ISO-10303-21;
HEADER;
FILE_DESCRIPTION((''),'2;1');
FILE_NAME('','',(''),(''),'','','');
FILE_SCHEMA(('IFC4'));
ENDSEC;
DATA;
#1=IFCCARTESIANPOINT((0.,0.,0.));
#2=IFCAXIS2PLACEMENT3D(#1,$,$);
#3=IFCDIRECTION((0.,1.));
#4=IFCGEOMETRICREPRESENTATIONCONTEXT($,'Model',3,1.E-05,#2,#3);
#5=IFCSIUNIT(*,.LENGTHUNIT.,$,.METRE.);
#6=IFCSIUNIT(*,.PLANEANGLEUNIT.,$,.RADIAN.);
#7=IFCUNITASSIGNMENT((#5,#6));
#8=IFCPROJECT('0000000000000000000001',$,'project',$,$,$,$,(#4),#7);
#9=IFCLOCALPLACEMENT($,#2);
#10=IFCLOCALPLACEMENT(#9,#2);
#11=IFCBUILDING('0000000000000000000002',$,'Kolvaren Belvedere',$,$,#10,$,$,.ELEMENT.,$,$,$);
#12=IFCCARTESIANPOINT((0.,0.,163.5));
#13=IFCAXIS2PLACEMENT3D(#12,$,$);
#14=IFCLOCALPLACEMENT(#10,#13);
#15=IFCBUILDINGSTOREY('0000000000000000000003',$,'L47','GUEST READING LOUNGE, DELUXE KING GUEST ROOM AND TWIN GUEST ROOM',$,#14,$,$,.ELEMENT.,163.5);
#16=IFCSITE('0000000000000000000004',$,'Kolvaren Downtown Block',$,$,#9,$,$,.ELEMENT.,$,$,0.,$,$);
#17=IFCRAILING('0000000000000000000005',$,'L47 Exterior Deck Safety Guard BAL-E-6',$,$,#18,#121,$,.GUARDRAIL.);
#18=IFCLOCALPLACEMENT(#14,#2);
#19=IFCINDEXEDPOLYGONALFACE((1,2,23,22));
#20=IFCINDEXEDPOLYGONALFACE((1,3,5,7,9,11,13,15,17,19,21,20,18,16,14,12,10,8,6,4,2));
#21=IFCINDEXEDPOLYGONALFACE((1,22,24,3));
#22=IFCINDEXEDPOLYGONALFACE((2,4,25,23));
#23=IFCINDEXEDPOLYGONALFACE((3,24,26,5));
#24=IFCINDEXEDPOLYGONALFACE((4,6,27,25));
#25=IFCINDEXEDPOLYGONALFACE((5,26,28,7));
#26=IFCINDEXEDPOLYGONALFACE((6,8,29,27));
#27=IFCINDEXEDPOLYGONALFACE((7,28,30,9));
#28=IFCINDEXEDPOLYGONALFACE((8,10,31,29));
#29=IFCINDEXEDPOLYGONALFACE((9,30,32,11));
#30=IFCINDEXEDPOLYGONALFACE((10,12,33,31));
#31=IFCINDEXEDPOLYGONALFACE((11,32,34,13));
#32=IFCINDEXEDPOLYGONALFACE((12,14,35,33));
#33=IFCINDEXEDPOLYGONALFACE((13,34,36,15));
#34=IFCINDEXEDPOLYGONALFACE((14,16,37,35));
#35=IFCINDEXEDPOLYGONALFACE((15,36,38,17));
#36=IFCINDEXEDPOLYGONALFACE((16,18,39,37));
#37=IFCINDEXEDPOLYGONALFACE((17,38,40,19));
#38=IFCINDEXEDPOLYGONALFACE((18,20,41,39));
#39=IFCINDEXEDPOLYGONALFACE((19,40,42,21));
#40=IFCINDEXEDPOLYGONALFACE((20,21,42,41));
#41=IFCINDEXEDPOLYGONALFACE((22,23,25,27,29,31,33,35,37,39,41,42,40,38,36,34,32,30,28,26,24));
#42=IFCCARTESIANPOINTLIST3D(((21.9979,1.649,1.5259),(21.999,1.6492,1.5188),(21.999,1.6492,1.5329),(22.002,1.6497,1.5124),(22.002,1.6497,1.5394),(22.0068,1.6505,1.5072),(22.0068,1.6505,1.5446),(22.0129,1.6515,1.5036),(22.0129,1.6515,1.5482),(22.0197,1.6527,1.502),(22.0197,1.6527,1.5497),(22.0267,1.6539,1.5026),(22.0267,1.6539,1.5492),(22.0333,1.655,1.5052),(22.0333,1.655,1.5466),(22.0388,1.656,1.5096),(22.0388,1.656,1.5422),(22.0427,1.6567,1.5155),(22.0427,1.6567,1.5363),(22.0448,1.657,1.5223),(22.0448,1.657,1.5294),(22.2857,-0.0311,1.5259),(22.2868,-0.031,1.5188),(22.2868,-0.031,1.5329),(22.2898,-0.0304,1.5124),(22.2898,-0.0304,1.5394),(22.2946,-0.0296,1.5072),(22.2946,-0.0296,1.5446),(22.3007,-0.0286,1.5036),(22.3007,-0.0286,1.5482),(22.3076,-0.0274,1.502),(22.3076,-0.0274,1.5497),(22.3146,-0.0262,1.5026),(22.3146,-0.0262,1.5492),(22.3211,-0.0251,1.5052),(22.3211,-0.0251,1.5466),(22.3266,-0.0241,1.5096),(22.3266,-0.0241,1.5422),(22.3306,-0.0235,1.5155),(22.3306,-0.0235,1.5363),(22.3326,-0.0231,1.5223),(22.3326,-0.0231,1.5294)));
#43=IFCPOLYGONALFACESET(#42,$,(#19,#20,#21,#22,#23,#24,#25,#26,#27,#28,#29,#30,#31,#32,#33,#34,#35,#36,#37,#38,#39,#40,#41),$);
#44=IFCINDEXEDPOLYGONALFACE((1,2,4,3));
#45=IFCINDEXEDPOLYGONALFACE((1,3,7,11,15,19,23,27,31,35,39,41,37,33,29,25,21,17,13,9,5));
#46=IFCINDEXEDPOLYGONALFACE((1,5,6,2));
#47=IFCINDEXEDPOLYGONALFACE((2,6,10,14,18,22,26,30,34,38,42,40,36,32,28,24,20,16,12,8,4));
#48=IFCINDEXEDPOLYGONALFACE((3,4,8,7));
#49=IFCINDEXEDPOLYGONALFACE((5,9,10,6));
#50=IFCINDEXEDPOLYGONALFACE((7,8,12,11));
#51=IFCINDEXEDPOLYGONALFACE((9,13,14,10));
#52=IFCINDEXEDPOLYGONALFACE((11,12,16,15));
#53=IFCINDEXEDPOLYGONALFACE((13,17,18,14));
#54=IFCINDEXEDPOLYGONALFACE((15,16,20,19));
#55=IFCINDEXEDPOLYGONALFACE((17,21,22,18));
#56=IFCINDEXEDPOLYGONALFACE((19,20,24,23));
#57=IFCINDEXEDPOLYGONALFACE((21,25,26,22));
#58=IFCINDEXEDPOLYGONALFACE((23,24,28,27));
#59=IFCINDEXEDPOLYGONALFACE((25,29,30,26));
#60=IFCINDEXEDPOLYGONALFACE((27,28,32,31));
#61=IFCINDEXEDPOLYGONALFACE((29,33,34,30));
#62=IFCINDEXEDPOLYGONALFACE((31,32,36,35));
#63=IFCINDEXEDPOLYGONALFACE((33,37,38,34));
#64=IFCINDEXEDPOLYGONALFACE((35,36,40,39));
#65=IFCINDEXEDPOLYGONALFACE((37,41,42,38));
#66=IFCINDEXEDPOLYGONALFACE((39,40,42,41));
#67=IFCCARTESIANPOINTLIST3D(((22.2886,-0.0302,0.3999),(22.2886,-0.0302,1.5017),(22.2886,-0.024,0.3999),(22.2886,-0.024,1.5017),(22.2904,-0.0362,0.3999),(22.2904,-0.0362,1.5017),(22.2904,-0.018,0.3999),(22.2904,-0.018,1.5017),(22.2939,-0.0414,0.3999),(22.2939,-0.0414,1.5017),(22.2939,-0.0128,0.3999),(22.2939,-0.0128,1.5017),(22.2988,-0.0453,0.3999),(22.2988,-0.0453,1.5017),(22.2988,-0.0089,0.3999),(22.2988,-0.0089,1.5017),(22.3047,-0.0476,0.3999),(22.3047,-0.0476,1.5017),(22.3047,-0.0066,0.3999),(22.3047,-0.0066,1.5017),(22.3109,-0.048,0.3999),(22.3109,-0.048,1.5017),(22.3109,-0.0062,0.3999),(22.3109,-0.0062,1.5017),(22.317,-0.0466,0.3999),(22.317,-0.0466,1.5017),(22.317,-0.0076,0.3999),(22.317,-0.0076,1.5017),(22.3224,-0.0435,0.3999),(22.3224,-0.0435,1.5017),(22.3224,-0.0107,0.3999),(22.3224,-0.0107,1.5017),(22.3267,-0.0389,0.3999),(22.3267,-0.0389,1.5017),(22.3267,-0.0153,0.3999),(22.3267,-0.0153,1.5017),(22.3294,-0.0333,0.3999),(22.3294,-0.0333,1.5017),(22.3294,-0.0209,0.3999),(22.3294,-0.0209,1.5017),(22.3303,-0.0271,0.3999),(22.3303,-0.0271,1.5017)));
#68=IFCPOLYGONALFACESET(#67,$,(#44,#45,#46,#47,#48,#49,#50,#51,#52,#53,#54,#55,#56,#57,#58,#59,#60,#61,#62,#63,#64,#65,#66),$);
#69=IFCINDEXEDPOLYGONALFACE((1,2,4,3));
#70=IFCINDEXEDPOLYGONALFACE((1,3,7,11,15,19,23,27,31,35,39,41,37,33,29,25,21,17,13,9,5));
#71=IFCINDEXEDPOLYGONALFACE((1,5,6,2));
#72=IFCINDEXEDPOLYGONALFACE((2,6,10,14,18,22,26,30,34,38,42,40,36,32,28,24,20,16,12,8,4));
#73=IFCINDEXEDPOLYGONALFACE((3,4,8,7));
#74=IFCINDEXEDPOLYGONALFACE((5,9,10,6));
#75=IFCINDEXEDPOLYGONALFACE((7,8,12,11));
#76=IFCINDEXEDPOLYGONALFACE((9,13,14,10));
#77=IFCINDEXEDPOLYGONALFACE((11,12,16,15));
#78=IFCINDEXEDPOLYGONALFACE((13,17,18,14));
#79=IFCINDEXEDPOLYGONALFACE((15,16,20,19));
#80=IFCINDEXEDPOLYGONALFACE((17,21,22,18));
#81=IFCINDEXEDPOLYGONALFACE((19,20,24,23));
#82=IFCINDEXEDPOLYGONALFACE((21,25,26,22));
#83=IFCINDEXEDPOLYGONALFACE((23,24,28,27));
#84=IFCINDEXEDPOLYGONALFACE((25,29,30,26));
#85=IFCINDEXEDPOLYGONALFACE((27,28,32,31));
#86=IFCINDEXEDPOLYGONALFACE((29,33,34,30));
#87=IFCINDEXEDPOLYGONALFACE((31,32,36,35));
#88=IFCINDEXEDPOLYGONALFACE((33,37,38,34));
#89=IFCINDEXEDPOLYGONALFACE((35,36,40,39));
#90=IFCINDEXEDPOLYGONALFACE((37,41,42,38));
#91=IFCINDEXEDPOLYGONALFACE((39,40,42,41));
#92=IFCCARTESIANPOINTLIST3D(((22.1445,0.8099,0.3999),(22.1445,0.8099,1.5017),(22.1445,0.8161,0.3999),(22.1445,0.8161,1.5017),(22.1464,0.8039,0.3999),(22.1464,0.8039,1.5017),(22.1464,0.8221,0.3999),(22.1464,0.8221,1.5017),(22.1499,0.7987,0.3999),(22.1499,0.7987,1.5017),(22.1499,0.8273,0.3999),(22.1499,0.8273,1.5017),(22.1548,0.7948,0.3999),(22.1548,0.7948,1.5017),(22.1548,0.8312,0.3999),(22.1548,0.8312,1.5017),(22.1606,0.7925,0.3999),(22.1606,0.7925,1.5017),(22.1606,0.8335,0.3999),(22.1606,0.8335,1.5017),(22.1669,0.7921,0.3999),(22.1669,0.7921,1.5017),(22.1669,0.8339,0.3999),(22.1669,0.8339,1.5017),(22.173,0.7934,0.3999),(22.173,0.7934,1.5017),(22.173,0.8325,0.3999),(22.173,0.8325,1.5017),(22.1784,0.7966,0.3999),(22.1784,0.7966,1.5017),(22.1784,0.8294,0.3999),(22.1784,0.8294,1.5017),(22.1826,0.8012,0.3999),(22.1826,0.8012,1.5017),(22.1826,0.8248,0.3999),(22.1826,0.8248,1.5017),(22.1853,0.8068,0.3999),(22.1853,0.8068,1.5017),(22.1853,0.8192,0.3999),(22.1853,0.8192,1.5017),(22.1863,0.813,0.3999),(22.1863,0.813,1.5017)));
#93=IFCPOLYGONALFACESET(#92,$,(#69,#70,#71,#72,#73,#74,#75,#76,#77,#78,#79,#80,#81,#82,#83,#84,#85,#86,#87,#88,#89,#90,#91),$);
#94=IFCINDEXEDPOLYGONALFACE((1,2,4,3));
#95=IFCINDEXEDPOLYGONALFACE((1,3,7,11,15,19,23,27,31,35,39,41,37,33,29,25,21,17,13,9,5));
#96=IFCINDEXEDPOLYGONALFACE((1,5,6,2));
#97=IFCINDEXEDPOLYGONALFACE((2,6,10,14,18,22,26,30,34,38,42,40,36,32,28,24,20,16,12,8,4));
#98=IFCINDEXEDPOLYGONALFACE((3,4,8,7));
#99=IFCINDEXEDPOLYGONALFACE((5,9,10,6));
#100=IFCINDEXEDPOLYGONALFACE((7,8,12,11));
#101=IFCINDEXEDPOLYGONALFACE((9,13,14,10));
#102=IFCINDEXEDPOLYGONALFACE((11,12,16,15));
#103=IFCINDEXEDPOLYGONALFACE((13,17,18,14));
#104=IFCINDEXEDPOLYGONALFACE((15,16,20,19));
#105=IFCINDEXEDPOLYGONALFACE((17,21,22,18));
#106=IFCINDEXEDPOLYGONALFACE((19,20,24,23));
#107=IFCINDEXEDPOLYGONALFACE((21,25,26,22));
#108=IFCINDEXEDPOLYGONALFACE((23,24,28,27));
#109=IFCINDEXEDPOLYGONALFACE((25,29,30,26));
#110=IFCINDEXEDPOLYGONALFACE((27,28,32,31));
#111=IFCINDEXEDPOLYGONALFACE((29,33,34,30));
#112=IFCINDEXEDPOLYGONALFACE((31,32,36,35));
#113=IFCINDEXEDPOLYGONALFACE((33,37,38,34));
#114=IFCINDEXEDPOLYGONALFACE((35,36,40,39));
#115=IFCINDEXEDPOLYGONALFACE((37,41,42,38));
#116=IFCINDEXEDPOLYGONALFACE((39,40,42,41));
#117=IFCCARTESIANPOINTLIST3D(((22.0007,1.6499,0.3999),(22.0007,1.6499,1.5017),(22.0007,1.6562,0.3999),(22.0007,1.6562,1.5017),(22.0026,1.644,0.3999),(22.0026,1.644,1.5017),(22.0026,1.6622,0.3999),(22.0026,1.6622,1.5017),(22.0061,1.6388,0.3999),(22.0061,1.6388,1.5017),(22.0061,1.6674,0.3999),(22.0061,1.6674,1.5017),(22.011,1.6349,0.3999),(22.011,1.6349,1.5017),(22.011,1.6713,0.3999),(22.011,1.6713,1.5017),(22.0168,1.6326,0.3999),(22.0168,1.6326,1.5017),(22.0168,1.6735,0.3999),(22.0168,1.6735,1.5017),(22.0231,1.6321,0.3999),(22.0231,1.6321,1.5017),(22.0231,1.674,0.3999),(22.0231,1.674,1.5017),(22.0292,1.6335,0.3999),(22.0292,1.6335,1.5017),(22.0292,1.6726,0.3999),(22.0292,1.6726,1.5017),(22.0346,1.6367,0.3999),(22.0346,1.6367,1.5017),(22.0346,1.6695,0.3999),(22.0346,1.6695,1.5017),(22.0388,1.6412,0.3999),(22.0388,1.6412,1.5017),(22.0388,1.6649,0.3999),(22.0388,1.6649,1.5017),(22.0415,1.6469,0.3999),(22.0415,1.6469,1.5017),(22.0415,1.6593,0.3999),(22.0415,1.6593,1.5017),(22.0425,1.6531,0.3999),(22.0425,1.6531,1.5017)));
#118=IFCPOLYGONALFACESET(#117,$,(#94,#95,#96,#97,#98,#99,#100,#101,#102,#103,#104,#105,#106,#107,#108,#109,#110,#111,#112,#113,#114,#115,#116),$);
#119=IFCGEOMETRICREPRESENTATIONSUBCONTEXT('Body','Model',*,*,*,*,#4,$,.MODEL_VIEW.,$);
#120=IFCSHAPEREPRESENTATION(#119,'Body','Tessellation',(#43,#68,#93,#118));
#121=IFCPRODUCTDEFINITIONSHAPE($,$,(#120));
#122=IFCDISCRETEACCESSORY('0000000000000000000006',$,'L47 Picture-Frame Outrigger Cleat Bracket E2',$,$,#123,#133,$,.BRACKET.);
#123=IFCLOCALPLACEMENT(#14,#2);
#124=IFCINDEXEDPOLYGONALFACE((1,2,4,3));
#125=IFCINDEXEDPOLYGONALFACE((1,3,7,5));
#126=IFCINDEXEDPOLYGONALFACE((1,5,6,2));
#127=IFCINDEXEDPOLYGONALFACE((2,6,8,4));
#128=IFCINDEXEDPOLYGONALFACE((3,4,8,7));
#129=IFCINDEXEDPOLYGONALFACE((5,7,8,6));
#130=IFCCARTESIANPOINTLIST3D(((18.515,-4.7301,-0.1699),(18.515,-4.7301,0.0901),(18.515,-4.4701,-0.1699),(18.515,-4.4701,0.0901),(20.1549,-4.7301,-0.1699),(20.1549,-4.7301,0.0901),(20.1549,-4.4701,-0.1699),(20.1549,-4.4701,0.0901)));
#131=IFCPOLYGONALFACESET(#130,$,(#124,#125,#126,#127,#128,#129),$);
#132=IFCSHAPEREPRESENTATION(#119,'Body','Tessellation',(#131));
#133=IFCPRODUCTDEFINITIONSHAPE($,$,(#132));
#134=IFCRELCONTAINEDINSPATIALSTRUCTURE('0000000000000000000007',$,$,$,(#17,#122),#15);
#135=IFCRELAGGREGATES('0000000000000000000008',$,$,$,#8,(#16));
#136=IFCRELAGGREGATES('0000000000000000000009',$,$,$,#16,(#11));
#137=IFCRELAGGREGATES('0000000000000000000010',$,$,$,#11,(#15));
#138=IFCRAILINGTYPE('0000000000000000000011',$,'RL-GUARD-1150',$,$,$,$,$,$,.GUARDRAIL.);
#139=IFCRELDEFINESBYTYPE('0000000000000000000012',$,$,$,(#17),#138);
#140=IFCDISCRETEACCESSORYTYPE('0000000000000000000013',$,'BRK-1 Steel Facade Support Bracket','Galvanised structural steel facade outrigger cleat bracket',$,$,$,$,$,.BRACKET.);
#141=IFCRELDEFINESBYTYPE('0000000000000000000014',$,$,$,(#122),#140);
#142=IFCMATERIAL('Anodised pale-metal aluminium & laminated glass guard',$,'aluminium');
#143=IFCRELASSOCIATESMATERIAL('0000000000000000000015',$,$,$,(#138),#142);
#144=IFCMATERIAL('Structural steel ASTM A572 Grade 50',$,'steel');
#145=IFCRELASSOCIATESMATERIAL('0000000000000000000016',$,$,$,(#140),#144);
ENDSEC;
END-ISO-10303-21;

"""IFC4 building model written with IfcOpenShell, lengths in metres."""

from ifc_helpers import new_model, si_unit, direction, frame, origin, origin_2d, place, context, subcontext, project, spatial, rectangle, circle, extrude, material, type_object, element, save


model = new_model("IFC4")

# Units and contexts
model_context = context("Model", 3, precision=1e-05, world=origin(), true_north=direction((0.0, 1.0)))
body_context = subcontext(model_context, "Body", "Model", "MODEL_VIEW")
ifc_project = project(units=[si_unit("LENGTHUNIT", "METRE"), si_unit("PLANEANGLEUNIT", "RADIAN")], contexts=[model_context])

# Site, building, storey
site_placement = place(None, origin())
site = spatial("IfcSite", under=ifc_project, at=site_placement, Name="Kolvaren Downtown Block", CompositionType="ELEMENT", RefElevation=0.0)
building_placement = place(site_placement, origin())
building = spatial("IfcBuilding", under=site, at=building_placement, Name="Kolvaren Belvedere", CompositionType="ELEMENT")
storey_placement = place(building_placement, frame((0.0, 0.0, 163.5)))
storey = spatial("IfcBuildingStorey", under=building, at=storey_placement, Name="L47", Description="GUEST READING LOUNGE, DELUXE KING GUEST ROOM AND TWIN GUEST ROOM", CompositionType="ELEMENT", Elevation=163.5)

# Railing
ifc_material_1 = material(Name="Anodised pale-metal aluminium & laminated glass guard", Category="aluminium")
railing_type = type_object("IfcRailingType", Name="RL-GUARD-1150", PredefinedType="GUARDRAIL", material=ifc_material_1)
railing_1_placement = place(storey_placement, frame((22.3093, -0.0271, 0.3999)))
element("IfcRailing", 1, at=railing_1_placement, inside=storey, type_object=railing_type, Name="L47 Exterior Deck Safety Guard BAL-E-6", PredefinedType="GUARDRAIL", context=body_context, shape_type="SweptSolid", body=[
    extrude(circle(Radius=0.0239, at=origin_2d()), frame((0.0, 0.0, 1.126), z_axis=(-0.168856, 0.985641, 0.0), x_axis=(-0.985641, -0.168856, 0.0)), (0.0, 0.0, 1.0), 1.7046),
    extrude(circle(Radius=0.021, at=origin_2d()), origin(), (0.0, 0.0, 1.0), 1.1018),
    extrude(circle(Radius=0.021, at=origin_2d()), frame((-0.144, 0.8401, 0.0)), (0.0, 0.0, 1.0), 1.1018),
    extrude(circle(Radius=0.021, at=origin_2d()), frame((-0.2878, 1.6802, 0.0)), (0.0, 0.0, 1.0), 1.1018),
])

# Discrete accessory
ifc_material_2 = material(Name="Structural steel ASTM A572 Grade 50", Category="steel")
discrete_accessory_type = type_object("IfcDiscreteAccessoryType", Name="BRK-1 Steel Facade Support Bracket", Description="Galvanised structural steel facade outrigger cleat bracket", PredefinedType="BRACKET", material=ifc_material_2)
discrete_accessory_placement = place(storey_placement, frame((19.335, -4.6001, -0.1699), z_axis=(0.0, 0.0, 1.0), x_axis=(1.0, 0.0, 0.0)))
element("IfcDiscreteAccessory", 2, at=discrete_accessory_placement, inside=storey, type_object=discrete_accessory_type, Name="L47 Picture-Frame Outrigger Cleat Bracket E2", PredefinedType="BRACKET", context=body_context, shape_type="SweptSolid", body=[
    extrude(rectangle(XDim=1.6399, YDim=0.26, at=origin_2d()), origin(), (0.0, 0.0, 1.0), 0.26),
])

save(model, "model.ifc")
